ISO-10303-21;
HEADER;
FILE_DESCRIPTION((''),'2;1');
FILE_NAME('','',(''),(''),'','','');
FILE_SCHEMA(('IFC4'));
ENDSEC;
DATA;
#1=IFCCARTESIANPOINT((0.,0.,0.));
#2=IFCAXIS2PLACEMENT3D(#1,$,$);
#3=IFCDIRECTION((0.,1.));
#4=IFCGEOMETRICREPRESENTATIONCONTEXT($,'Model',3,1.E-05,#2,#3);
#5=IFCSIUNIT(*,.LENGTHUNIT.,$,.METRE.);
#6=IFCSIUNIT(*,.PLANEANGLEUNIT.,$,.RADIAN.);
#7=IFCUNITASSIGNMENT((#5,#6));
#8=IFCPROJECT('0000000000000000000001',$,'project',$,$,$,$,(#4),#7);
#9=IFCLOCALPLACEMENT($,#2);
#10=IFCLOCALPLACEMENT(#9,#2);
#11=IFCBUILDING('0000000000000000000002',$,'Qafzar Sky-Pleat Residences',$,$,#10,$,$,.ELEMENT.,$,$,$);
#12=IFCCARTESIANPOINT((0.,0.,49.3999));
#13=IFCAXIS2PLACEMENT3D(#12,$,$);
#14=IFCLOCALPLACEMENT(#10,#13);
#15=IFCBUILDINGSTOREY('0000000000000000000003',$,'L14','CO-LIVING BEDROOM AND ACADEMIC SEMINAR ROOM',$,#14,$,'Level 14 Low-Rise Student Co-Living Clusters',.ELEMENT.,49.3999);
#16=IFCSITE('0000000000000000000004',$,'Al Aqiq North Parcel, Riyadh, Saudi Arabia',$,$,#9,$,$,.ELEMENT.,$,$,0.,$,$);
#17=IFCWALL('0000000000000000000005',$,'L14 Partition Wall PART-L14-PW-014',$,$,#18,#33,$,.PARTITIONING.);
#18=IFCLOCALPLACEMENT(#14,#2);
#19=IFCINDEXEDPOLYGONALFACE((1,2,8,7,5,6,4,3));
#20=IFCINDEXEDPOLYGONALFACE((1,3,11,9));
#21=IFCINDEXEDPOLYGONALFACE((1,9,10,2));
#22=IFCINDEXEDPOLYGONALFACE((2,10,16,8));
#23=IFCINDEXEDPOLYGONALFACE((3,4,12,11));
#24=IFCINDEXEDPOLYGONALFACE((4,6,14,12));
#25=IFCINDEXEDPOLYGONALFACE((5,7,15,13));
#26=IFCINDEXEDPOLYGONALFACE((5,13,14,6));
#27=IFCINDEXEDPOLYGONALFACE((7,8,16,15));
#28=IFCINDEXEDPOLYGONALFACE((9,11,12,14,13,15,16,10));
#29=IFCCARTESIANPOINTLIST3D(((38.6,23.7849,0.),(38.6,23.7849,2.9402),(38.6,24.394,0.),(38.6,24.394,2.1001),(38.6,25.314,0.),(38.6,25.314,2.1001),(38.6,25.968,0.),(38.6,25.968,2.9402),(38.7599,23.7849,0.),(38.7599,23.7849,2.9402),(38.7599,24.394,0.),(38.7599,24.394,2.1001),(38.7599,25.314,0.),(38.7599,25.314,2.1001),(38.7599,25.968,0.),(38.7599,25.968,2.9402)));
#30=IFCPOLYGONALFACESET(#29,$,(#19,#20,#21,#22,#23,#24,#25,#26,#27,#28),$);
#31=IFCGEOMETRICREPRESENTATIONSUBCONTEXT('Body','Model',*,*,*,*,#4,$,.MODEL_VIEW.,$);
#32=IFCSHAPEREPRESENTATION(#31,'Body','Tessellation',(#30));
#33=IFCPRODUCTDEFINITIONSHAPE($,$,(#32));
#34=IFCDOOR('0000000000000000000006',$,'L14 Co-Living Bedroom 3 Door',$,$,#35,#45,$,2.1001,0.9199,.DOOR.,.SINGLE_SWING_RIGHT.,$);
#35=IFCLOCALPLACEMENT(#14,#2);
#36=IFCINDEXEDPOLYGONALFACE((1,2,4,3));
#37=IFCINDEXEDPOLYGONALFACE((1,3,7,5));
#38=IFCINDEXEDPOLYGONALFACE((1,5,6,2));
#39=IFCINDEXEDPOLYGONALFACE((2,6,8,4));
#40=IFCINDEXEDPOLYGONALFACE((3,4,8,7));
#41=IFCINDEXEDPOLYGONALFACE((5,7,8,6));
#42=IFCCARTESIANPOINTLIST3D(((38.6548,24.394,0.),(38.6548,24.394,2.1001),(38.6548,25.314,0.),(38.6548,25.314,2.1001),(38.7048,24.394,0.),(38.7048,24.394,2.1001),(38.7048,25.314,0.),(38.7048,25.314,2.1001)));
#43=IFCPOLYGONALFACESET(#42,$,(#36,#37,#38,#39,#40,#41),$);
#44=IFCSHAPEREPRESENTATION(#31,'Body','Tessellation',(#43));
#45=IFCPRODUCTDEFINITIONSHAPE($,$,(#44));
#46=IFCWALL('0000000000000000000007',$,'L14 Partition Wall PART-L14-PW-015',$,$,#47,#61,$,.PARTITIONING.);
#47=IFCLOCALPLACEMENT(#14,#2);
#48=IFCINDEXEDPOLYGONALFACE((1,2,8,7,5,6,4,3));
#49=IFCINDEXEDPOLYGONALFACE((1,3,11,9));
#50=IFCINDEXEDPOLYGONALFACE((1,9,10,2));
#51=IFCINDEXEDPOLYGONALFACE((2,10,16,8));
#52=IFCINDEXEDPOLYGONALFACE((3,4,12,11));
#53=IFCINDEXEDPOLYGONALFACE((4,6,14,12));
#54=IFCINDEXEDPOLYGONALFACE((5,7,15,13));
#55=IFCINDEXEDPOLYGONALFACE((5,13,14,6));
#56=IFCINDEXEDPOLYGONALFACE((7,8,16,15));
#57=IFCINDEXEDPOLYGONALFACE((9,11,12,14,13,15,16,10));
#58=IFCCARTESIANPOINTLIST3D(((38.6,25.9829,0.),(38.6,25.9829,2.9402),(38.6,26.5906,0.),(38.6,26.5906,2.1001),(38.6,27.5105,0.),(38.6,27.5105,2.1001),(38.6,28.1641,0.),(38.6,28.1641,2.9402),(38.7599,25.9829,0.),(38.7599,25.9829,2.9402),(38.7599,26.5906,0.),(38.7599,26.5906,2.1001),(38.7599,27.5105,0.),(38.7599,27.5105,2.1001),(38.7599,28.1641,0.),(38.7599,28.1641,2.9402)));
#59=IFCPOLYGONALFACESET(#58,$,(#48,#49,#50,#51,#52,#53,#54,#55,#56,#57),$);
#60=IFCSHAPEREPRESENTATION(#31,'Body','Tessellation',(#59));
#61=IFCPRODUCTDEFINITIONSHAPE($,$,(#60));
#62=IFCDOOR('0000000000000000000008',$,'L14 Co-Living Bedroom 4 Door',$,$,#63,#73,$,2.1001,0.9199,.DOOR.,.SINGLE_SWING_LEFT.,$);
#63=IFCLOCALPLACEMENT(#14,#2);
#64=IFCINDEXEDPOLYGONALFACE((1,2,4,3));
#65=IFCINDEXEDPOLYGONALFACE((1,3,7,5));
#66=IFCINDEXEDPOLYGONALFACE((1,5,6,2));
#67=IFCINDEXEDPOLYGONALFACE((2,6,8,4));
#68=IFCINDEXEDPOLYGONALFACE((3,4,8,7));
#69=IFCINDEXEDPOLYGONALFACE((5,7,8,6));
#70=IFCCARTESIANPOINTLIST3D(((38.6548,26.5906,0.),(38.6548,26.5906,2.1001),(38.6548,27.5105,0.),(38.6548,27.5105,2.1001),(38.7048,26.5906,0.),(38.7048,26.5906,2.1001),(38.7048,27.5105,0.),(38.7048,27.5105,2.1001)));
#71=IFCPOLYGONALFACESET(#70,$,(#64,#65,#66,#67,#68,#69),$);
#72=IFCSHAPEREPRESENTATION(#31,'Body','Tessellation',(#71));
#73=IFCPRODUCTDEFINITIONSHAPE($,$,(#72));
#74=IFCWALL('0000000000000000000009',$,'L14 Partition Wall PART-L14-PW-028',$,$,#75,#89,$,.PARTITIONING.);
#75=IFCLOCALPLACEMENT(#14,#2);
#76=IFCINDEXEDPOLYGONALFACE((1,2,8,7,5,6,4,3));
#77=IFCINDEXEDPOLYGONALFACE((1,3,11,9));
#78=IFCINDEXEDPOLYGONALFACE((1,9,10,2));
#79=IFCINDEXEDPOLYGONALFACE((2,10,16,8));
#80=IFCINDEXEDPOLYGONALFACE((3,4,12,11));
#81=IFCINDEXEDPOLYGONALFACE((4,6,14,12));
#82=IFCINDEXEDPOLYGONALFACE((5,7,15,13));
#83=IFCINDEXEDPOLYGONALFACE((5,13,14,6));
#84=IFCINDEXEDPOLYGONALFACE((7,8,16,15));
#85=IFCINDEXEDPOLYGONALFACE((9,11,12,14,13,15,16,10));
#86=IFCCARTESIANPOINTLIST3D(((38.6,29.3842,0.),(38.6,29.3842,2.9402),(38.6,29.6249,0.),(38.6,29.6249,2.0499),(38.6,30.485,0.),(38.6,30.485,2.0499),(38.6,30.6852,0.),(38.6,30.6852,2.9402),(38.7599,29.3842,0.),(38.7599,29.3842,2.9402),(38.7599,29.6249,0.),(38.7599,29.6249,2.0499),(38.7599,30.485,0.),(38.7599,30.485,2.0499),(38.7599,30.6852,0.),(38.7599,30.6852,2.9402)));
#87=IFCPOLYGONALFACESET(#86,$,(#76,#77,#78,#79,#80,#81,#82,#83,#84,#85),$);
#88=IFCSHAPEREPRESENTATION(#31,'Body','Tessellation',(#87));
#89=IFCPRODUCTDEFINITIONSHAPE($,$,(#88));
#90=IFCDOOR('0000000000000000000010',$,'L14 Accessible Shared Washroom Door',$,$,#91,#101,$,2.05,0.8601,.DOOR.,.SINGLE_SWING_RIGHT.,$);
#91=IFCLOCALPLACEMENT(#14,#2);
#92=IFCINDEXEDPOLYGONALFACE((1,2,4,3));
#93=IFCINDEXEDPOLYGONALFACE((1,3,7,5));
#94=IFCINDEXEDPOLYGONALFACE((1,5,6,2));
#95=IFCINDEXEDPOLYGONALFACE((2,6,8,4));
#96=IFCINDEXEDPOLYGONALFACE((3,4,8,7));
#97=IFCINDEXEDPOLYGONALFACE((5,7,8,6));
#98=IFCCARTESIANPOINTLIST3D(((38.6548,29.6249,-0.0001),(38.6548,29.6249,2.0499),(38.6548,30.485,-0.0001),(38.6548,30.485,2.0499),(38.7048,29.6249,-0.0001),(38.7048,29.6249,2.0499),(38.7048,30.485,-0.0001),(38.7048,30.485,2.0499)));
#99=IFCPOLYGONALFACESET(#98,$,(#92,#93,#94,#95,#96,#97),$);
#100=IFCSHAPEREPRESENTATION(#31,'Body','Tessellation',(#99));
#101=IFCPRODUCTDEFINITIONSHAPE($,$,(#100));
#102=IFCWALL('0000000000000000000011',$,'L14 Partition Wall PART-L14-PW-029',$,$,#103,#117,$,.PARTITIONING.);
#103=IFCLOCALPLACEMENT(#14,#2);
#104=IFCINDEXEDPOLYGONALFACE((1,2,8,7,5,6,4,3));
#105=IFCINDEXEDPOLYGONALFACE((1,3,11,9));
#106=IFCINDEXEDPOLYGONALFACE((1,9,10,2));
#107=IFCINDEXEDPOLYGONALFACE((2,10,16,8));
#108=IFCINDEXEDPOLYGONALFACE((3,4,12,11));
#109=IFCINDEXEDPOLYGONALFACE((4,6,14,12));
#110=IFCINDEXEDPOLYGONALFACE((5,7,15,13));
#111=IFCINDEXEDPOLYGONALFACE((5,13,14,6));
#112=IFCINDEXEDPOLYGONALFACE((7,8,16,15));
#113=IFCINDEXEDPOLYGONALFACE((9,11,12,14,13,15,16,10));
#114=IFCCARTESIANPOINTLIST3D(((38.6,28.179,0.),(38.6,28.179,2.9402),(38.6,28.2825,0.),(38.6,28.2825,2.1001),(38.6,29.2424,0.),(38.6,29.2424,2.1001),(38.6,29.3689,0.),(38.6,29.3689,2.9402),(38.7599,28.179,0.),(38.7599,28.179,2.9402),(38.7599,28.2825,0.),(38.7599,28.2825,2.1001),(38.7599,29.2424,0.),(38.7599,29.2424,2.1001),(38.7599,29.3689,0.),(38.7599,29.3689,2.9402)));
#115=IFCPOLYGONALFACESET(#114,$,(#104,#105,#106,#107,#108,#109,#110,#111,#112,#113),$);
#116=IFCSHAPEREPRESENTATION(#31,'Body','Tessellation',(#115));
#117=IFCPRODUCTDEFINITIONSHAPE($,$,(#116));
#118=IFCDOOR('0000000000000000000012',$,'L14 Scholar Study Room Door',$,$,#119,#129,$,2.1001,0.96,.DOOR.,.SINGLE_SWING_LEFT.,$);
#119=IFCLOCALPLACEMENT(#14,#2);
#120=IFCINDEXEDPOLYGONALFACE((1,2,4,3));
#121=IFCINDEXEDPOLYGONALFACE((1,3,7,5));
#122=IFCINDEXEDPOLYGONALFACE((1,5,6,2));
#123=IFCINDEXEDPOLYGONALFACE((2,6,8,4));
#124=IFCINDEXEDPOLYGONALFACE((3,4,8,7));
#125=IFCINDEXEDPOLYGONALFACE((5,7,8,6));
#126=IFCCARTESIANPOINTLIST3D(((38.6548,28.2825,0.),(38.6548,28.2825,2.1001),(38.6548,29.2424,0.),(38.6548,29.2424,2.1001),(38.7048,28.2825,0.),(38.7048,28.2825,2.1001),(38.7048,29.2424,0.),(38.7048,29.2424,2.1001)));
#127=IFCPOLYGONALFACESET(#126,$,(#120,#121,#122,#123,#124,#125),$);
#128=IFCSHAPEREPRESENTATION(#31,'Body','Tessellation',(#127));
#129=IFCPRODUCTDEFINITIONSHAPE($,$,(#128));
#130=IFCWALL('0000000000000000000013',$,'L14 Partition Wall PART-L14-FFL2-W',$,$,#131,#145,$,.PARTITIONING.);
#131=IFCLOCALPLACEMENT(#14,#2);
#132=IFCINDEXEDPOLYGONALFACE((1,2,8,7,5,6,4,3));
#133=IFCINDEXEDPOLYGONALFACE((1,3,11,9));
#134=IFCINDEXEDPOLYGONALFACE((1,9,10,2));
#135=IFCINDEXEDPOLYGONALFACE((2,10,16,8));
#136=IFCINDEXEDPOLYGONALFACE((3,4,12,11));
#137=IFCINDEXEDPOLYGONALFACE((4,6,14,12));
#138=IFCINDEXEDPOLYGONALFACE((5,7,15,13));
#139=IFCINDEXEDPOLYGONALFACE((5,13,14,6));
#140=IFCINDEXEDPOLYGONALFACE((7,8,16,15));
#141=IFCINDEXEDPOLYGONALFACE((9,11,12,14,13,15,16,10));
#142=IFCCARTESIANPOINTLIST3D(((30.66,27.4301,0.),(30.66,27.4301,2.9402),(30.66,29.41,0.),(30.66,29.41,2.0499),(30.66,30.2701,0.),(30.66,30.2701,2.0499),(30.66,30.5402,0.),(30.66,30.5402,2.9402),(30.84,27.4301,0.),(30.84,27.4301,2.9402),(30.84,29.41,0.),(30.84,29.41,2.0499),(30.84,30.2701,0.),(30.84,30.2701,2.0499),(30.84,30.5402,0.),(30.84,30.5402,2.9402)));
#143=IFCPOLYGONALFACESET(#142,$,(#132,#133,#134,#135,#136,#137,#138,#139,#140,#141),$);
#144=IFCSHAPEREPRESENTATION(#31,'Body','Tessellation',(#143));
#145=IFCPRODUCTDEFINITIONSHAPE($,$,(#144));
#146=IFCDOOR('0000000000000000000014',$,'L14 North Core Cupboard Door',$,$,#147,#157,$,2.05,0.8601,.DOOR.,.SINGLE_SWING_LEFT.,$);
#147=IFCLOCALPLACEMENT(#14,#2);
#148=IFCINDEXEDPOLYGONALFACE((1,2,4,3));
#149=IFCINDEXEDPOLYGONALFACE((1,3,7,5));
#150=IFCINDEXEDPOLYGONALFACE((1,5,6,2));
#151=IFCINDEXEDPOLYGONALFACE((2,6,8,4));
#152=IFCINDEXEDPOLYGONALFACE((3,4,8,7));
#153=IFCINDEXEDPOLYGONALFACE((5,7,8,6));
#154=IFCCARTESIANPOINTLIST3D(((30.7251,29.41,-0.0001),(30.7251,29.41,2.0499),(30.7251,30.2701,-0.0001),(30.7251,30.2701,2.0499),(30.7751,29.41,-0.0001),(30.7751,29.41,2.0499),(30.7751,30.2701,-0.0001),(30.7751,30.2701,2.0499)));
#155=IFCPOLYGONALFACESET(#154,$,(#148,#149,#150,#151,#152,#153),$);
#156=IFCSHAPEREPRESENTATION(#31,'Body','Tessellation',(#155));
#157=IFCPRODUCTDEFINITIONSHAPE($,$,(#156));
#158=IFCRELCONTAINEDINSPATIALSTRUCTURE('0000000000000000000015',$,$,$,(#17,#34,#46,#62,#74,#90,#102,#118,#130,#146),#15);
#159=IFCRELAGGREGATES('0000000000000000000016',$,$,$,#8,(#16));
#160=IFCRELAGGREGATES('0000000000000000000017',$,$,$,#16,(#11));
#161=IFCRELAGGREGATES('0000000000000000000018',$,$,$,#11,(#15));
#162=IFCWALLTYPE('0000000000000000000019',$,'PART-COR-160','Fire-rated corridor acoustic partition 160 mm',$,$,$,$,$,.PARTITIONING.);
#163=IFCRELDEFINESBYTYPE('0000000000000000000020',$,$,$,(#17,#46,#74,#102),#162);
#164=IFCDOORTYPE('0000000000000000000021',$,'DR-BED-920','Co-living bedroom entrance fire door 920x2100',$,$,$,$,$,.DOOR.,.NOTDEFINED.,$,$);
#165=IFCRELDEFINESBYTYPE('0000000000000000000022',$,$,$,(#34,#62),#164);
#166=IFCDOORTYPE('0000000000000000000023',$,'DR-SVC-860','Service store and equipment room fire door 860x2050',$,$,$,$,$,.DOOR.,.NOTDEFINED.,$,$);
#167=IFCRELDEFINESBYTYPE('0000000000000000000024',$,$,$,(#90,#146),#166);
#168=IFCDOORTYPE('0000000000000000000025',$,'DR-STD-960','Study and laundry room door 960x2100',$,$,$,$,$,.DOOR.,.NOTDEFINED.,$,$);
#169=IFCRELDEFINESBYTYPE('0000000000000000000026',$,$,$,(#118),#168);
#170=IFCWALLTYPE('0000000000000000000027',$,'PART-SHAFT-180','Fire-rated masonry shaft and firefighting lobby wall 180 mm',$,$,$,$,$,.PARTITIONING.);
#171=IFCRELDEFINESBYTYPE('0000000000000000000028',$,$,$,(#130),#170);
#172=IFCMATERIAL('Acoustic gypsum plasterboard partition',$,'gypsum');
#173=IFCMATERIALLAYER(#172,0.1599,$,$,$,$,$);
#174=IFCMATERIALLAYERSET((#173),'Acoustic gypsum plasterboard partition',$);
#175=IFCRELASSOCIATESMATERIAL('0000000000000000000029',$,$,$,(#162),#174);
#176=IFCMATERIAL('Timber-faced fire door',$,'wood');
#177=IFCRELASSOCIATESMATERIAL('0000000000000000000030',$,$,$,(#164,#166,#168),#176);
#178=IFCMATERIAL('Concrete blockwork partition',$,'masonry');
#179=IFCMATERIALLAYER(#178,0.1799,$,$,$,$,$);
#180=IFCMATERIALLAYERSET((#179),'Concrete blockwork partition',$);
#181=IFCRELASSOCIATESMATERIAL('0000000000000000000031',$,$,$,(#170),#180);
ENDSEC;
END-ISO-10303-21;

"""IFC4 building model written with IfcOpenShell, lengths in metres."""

from ifc_helpers import new_model, si_unit, direction, frame, frame_2d, origin, place, context, subcontext, project, spatial, rectangle, extrude, source, transform, mapped, material, layer, layer_set, type_object, element, fill, save


model = new_model("IFC4")

# Units and contexts
model_context = context("Model", 3, precision=1e-05, world=origin(), true_north=direction((0.0, 1.0)))
body_context = subcontext(model_context, "Body", "Model", "MODEL_VIEW")
ifc_project = project(units=[si_unit("LENGTHUNIT", "METRE"), si_unit("PLANEANGLEUNIT", "RADIAN")], contexts=[model_context])

# Site, building, storey
site_placement = place(None, origin())
site = spatial("IfcSite", under=ifc_project, at=site_placement, Name="Al Aqiq North Parcel, Riyadh, Saudi Arabia", CompositionType="ELEMENT", RefElevation=0.0)
building_placement = place(site_placement, origin())
building = spatial("IfcBuilding", under=site, at=building_placement, Name="Qafzar Sky-Pleat Residences", CompositionType="ELEMENT")
storey_placement = place(building_placement, frame((0.0, 0.0, 49.3999)))
storey = spatial("IfcBuildingStorey", under=building, at=storey_placement, Name="L14", Description="CO-LIVING BEDROOM AND ACADEMIC SEMINAR ROOM", LongName="Level 14 Low-Rise Student Co-Living Clusters", CompositionType="ELEMENT", Elevation=49.3999)

# Walls, openings, doors
ifc_material_1 = material(Name="Acoustic gypsum plasterboard partition", Category="gypsum")
ifc_layer_1 = layer(ifc_material_1, 0.1599)
ifc_layer_set_1 = layer_set([ifc_layer_1], Name="Acoustic gypsum plasterboard partition")
wall_type_1 = type_object("IfcWallType", Name="PART-COR-160", Description="Fire-rated corridor acoustic partition 160 mm", PredefinedType="PARTITIONING", material=ifc_layer_set_1)
wall_1_placement = place(storey_placement, frame((38.6799, 25.968, 0.0), z_axis=(0.0, 0.0, 1.0), x_axis=(0.0, -1.0, 0.0)))
wall_1 = element("IfcWall", 1, at=wall_1_placement, inside=storey, type_object=wall_type_1, Name="L14 Partition Wall PART-L14-PW-014", PredefinedType="PARTITIONING", context=body_context, shape_type="SweptSolid", body=[
    extrude(rectangle(XDim=2.1831, YDim=0.1599, at=frame_2d((1.0916, 0.0))), origin(), (0.0, 0.0, 1.0), 2.9402),
])
opening_1_placement = place(wall_1_placement, frame((0.6541, 0.0, 0.0)))
opening_1 = element("IfcOpeningElement", 2, at=opening_1_placement, cuts=wall_1, PredefinedType="OPENING", context=body_context, shape_type="SweptSolid", body=[
    extrude(rectangle(XDim=0.9199, YDim=2.1001, at=frame_2d((0.46, 1.05))), frame((0.0, 0.0898, 0.0), z_axis=(0.0, -1.0, 0.0), x_axis=(1.0, 0.0, 0.0)), (0.0, 0.0, 1.0), 0.1799),
])
ifc_material_2 = material(Name="Timber-faced fire door", Category="wood")
door_type_1 = type_object("IfcDoorType", Name="DR-BED-920", Description="Co-living bedroom entrance fire door 920x2100", OperationType="NOTDEFINED", PredefinedType="DOOR", material=ifc_material_2)
shared_shape_1 = source(origin(), body_context, "Body", "SweptSolid", [
    extrude(rectangle(XDim=0.9199, YDim=2.1001, at=frame_2d((0.46, 1.05))), frame((0.0, 0.0249, 0.0), z_axis=(0.0, -1.0, 0.0), x_axis=(1.0, 0.0, 0.0)), (0.0, 0.0, 1.0), 0.05),
])
door_1_placement = place(opening_1_placement, origin())
door_1 = element("IfcDoor", 3, at=door_1_placement, inside=storey, type_object=door_type_1, Name="L14 Co-Living Bedroom 3 Door", OperationType="SINGLE_SWING_RIGHT", OverallHeight=2.1001, OverallWidth=0.9199, PredefinedType="DOOR", context=body_context, shape_type="MappedRepresentation", body=[
    mapped(shared_shape_1, transform((0.0, 0.0, 0.0), x_axis=(1.0, 0.0, 0.0), y_axis=(0.0, 1.0, 0.0), z_axis=(0.0, 0.0, 1.0), scale=1.0)),
])
fill(opening_1, door_1)
wall_2_placement = place(storey_placement, frame((38.6799, 28.1641, 0.0), z_axis=(0.0, 0.0, 1.0), x_axis=(0.0, -1.0, 0.0)))
wall_2 = element("IfcWall", 4, at=wall_2_placement, inside=storey, type_object=wall_type_1, Name="L14 Partition Wall PART-L14-PW-015", PredefinedType="PARTITIONING", context=body_context, shape_type="SweptSolid", body=[
    extrude(rectangle(XDim=2.1812, YDim=0.1599, at=frame_2d((1.0906, 0.0))), origin(), (0.0, 0.0, 1.0), 2.9402),
])
opening_2_placement = place(wall_2_placement, frame((0.6536, 0.0, 0.0)))
opening_2 = element("IfcOpeningElement", 5, at=opening_2_placement, cuts=wall_2, PredefinedType="OPENING", context=body_context, shape_type="SweptSolid", body=[
    extrude(rectangle(XDim=0.9199, YDim=2.1001, at=frame_2d((0.46, 1.05))), frame((0.0, 0.0898, 0.0), z_axis=(0.0, -1.0, 0.0), x_axis=(1.0, 0.0, 0.0)), (0.0, 0.0, 1.0), 0.1799),
])
door_2_placement = place(opening_2_placement, origin())
door_2 = element("IfcDoor", 6, at=door_2_placement, inside=storey, type_object=door_type_1, Name="L14 Co-Living Bedroom 4 Door", OperationType="SINGLE_SWING_LEFT", OverallHeight=2.1001, OverallWidth=0.9199, PredefinedType="DOOR", context=body_context, shape_type="MappedRepresentation", body=[
    mapped(shared_shape_1, transform((0.0, 0.0, 0.0), x_axis=(1.0, 0.0, 0.0), y_axis=(0.0, 1.0, 0.0), z_axis=(0.0, 0.0, 1.0), scale=1.0)),
])
fill(opening_2, door_2)
wall_3_placement = place(storey_placement, frame((38.6799, 30.6851, 0.0), z_axis=(0.0, 0.0, 1.0), x_axis=(0.0, -1.0, 0.0)))
wall_3 = element("IfcWall", 7, at=wall_3_placement, inside=storey, type_object=wall_type_1, Name="L14 Partition Wall PART-L14-PW-028", PredefinedType="PARTITIONING", context=body_context, shape_type="SweptSolid", body=[
    extrude(rectangle(XDim=1.301, YDim=0.1599, at=frame_2d((0.6504, 0.0))), origin(), (0.0, 0.0, 1.0), 2.9402),
])
opening_3_placement = place(wall_3_placement, frame((0.2, 0.0, 0.0)))
opening_3 = element("IfcOpeningElement", 8, at=opening_3_placement, cuts=wall_3, PredefinedType="OPENING", context=body_context, shape_type="SweptSolid", body=[
    extrude(rectangle(XDim=0.8601, YDim=2.05, at=frame_2d((0.4302, 1.0249))), frame((0.0, 0.0898, 0.0), z_axis=(0.0, -1.0, 0.0), x_axis=(1.0, 0.0, 0.0)), (0.0, 0.0, 1.0), 0.1799),
])
door_type_2 = type_object("IfcDoorType", Name="DR-SVC-860", Description="Service store and equipment room fire door 860x2050", OperationType="NOTDEFINED", PredefinedType="DOOR", material=ifc_material_2)
shared_shape_2 = source(origin(), body_context, "Body", "SweptSolid", [
    extrude(rectangle(XDim=0.8601, YDim=2.05, at=frame_2d((0.4302, 1.0249))), frame((0.0, 0.0249, 0.0), z_axis=(0.0, -1.0, 0.0), x_axis=(1.0, 0.0, 0.0)), (0.0, 0.0, 1.0), 0.05),
])
door_3_placement = place(opening_3_placement, origin())
door_3 = element("IfcDoor", 9, at=door_3_placement, inside=storey, type_object=door_type_2, Name="L14 Accessible Shared Washroom Door", OperationType="SINGLE_SWING_RIGHT", OverallHeight=2.05, OverallWidth=0.8601, PredefinedType="DOOR", context=body_context, shape_type="MappedRepresentation", body=[
    mapped(shared_shape_2, transform((0.0, 0.0, 0.0), x_axis=(1.0, 0.0, 0.0), y_axis=(0.0, 1.0, 0.0), z_axis=(0.0, 0.0, 1.0), scale=1.0)),
])
fill(opening_3, door_3)
wall_4_placement = place(storey_placement, frame((38.6799, 29.3689, 0.0), z_axis=(0.0, 0.0, 1.0), x_axis=(0.0, -1.0, 0.0)))
wall_4 = element("IfcWall", 10, at=wall_4_placement, inside=storey, type_object=wall_type_1, Name="L14 Partition Wall PART-L14-PW-029", PredefinedType="PARTITIONING", context=body_context, shape_type="SweptSolid", body=[
    extrude(rectangle(XDim=1.1899, YDim=0.1599, at=frame_2d((0.595, 0.0))), origin(), (0.0, 0.0, 1.0), 2.9402),
])
opening_4_placement = place(wall_4_placement, frame((0.1265, 0.0, 0.0)))
opening_4 = element("IfcOpeningElement", 11, at=opening_4_placement, cuts=wall_4, PredefinedType="OPENING", context=body_context, shape_type="SweptSolid", body=[
    extrude(rectangle(XDim=0.96, YDim=2.1001, at=frame_2d((0.48, 1.05))), frame((0.0, 0.0898, 0.0), z_axis=(0.0, -1.0, 0.0), x_axis=(1.0, 0.0, 0.0)), (0.0, 0.0, 1.0), 0.1799),
])
door_type_3 = type_object("IfcDoorType", Name="DR-STD-960", Description="Study and laundry room door 960x2100", OperationType="NOTDEFINED", PredefinedType="DOOR", material=ifc_material_2)
shared_shape_3 = source(origin(), body_context, "Body", "SweptSolid", [
    extrude(rectangle(XDim=0.96, YDim=2.1001, at=frame_2d((0.48, 1.05))), frame((0.0, 0.0249, 0.0), z_axis=(0.0, -1.0, 0.0), x_axis=(1.0, 0.0, 0.0)), (0.0, 0.0, 1.0), 0.05),
])
door_4_placement = place(opening_4_placement, origin())
door_4 = element("IfcDoor", 12, at=door_4_placement, inside=storey, type_object=door_type_3, Name="L14 Scholar Study Room Door", OperationType="SINGLE_SWING_LEFT", OverallHeight=2.1001, OverallWidth=0.96, PredefinedType="DOOR", context=body_context, shape_type="MappedRepresentation", body=[
    mapped(shared_shape_3, transform((0.0, 0.0, 0.0), x_axis=(1.0, 0.0, 0.0), y_axis=(0.0, 1.0, 0.0), z_axis=(0.0, 0.0, 1.0), scale=1.0)),
])
fill(opening_4, door_4)
ifc_material_3 = material(Name="Concrete blockwork partition", Category="masonry")
ifc_layer_2 = layer(ifc_material_3, 0.1799)
ifc_layer_set_2 = layer_set([ifc_layer_2], Name="Concrete blockwork partition")
wall_type_2 = type_object("IfcWallType", Name="PART-SHAFT-180", Description="Fire-rated masonry shaft and firefighting lobby wall 180 mm", PredefinedType="PARTITIONING", material=ifc_layer_set_2)
wall_5_placement = place(storey_placement, frame((30.75, 27.4299, 0.0), z_axis=(0.0, 0.0, 1.0), x_axis=(0.0, 1.0, 0.0)))
wall_5 = element("IfcWall", 13, at=wall_5_placement, inside=storey, type_object=wall_type_2, Name="L14 Partition Wall PART-L14-FFL2-W", PredefinedType="PARTITIONING", context=body_context, shape_type="SweptSolid", body=[
    extrude(rectangle(XDim=3.1101, YDim=0.1799, at=frame_2d((1.5552, 0.0))), origin(), (0.0, 0.0, 1.0), 2.9402),
])
opening_5_placement = place(wall_5_placement, frame((1.98, 0.0, 0.0)))
opening_5 = element("IfcOpeningElement", 14, at=opening_5_placement, cuts=wall_5, PredefinedType="OPENING", context=body_context, shape_type="SweptSolid", body=[
    extrude(rectangle(XDim=0.8601, YDim=2.05, at=frame_2d((0.4302, 1.0249))), frame((0.0, 0.1001, 0.0), z_axis=(0.0, -1.0, 0.0), x_axis=(1.0, 0.0, 0.0)), (0.0, 0.0, 1.0), 0.2),
])
door_5_placement = place(opening_5_placement, origin())
door_5 = element("IfcDoor", 15, at=door_5_placement, inside=storey, type_object=door_type_2, Name="L14 North Core Cupboard Door", OperationType="SINGLE_SWING_LEFT", OverallHeight=2.05, OverallWidth=0.8601, PredefinedType="DOOR", context=body_context, shape_type="MappedRepresentation", body=[
    mapped(shared_shape_2, transform((0.0, 0.0, 0.0), x_axis=(1.0, 0.0, 0.0), y_axis=(0.0, 1.0, 0.0), z_axis=(0.0, 0.0, 1.0), scale=1.0)),
])
fill(opening_5, door_5)

save(model, "model.ifc")
